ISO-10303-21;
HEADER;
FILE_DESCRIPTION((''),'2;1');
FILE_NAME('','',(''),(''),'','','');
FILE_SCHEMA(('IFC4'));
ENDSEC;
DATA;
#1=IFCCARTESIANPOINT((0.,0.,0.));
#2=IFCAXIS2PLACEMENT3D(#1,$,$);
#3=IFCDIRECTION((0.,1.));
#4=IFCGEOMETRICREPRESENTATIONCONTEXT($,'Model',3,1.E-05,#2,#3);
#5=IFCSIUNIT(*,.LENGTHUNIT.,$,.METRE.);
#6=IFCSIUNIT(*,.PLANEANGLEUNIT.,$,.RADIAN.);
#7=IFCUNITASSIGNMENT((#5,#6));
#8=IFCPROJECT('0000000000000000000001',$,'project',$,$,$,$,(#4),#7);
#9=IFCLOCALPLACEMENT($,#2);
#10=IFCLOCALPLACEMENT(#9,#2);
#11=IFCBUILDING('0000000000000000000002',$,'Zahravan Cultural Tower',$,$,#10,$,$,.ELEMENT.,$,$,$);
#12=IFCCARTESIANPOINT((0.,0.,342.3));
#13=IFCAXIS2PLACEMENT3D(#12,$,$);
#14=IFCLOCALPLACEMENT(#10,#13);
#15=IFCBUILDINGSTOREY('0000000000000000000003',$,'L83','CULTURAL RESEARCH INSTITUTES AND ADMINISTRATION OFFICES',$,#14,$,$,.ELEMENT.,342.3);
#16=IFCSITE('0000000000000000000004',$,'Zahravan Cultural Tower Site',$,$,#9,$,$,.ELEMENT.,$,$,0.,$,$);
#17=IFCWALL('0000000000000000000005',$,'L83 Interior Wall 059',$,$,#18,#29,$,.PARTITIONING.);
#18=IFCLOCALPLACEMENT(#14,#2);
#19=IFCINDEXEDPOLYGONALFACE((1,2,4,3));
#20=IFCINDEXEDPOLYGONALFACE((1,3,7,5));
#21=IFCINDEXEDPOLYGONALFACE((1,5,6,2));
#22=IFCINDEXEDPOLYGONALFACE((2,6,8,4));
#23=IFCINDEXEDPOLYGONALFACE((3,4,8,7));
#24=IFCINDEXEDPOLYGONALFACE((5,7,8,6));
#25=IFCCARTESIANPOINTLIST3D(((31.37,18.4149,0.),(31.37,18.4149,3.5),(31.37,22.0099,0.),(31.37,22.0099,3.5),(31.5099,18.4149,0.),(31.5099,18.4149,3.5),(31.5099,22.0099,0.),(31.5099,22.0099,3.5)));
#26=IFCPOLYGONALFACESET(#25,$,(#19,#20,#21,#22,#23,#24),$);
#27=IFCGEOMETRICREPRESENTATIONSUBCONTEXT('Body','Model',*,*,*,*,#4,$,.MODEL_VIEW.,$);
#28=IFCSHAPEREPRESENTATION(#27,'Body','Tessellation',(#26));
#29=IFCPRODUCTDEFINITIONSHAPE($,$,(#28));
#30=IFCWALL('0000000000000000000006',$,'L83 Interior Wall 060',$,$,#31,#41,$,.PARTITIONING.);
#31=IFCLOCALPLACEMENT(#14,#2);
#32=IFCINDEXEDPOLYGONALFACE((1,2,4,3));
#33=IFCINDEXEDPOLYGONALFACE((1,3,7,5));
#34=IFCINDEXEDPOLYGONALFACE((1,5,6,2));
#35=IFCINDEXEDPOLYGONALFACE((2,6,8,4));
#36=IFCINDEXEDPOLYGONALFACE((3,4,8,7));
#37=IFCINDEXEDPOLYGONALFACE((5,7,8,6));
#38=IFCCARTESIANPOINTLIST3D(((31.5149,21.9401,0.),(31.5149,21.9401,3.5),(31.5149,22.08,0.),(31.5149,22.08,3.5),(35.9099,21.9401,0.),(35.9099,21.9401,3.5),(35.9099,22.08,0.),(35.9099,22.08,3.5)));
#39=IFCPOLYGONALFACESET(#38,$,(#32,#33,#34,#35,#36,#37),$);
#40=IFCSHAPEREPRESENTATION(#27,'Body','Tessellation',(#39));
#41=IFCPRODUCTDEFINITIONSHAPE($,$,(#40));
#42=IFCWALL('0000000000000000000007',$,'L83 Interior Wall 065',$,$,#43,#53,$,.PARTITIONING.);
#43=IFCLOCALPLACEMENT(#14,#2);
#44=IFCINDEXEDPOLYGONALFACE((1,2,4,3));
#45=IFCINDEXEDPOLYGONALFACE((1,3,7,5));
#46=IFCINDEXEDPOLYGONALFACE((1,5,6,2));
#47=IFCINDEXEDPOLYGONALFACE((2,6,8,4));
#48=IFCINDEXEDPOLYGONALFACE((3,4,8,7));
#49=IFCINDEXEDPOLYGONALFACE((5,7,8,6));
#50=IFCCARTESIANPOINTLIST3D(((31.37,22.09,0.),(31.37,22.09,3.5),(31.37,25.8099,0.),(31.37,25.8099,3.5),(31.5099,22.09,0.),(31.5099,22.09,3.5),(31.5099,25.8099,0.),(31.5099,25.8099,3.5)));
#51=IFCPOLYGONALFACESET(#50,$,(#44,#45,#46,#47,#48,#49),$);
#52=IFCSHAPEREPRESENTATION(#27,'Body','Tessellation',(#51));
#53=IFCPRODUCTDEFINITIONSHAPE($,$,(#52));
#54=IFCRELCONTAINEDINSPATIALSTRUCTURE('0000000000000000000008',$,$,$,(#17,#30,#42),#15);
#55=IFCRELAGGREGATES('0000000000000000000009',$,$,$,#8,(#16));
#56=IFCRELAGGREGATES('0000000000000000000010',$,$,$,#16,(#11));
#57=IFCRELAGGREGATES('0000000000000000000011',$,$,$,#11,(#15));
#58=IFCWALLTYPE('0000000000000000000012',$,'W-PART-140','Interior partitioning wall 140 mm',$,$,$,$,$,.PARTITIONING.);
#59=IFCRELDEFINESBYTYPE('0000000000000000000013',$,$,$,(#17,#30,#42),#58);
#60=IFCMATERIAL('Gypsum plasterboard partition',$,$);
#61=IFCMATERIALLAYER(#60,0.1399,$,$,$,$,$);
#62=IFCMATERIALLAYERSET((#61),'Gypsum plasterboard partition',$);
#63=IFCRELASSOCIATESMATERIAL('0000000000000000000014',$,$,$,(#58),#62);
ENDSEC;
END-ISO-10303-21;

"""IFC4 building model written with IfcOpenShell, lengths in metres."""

from ifc_helpers import new_model, si_unit, direction, frame, frame_2d, origin, place, context, subcontext, project, spatial, rectangle, extrude, source, transform, mapped, material, layer, layer_set, type_object, element, save


model = new_model("IFC4")

# Units and contexts
model_context = context("Model", 3, precision=1e-05, world=origin(), true_north=direction((0.0, 1.0)))
body_context = subcontext(model_context, "Body", "Model", "MODEL_VIEW")
ifc_project = project(units=[si_unit("LENGTHUNIT", "METRE"), si_unit("PLANEANGLEUNIT", "RADIAN")], contexts=[model_context])

# Site, building, storey
site_placement = place(None, origin())
site = spatial("IfcSite", under=ifc_project, at=site_placement, Name="Zahravan Cultural Tower Site", CompositionType="ELEMENT", RefElevation=0.0)
building_placement = place(site_placement, origin())
building = spatial("IfcBuilding", under=site, at=building_placement, Name="Zahravan Cultural Tower", CompositionType="ELEMENT")
storey_placement = place(building_placement, frame((0.0, 0.0, 342.3)))
storey = spatial("IfcBuildingStorey", under=building, at=storey_placement, Name="L83", Description="CULTURAL RESEARCH INSTITUTES AND ADMINISTRATION OFFICES", CompositionType="ELEMENT", Elevation=342.3)

# Shared definitions
ifc_material_1 = material(Name="Gypsum plasterboard partition")
ifc_layer_1 = layer(ifc_material_1, 0.1399)
ifc_layer_set_1 = layer_set([ifc_layer_1], Name="Gypsum plasterboard partition")
wall_type_1 = type_object("IfcWallType", Name="W-PART-140", Description="Interior partitioning wall 140 mm", PredefinedType="PARTITIONING", material=ifc_layer_set_1)

# Walls
shared_shape_1 = source(origin(), body_context, "Body", "SweptSolid", [
    extrude(rectangle(XDim=3.595, YDim=0.1399, at=frame_2d((1.7974, 0.0))), origin(), (0.0, 0.0, 1.0), 3.5),
])
wall_1_placement = place(storey_placement, frame((31.4399, 18.415, 0.0), z_axis=(0.0, 0.0, 1.0), x_axis=(0.0, 1.0, 0.0)))
element("IfcWall", 1, at=wall_1_placement, inside=storey, type_object=wall_type_1, Name="L83 Interior Wall 059", PredefinedType="PARTITIONING", context=body_context, shape_type="MappedRepresentation", body=[
    mapped(shared_shape_1, transform((0.0, 0.0, 0.0), x_axis=(1.0, 0.0, 0.0), y_axis=(0.0, 1.0, 0.0), z_axis=(0.0, 0.0, 1.0), scale=1.0)),
])
shared_shape_2 = source(origin(), body_context, "Body", "SweptSolid", [
    extrude(rectangle(XDim=4.395, YDim=0.1399, at=frame_2d((2.1975, 0.0))), origin(), (0.0, 0.0, 1.0), 3.5),
])
wall_2_placement = place(storey_placement, frame((31.5149, 22.01, 0.0), z_axis=(0.0, 0.0, 1.0), x_axis=(1.0, 0.0, 0.0)))
element("IfcWall", 2, at=wall_2_placement, inside=storey, type_object=wall_type_1, Name="L83 Interior Wall 060", PredefinedType="PARTITIONING", context=body_context, shape_type="MappedRepresentation", body=[
    mapped(shared_shape_2, transform((0.0, 0.0, 0.0), x_axis=(1.0, 0.0, 0.0), y_axis=(0.0, 1.0, 0.0), z_axis=(0.0, 0.0, 1.0), scale=1.0)),
])
shared_shape_3 = source(origin(), body_context, "Body", "SweptSolid", [
    extrude(rectangle(XDim=3.72, YDim=0.1399, at=frame_2d((1.8599, 0.0))), origin(), (0.0, 0.0, 1.0), 3.5),
])
wall_3_placement = place(storey_placement, frame((31.4399, 22.0901, 0.0), z_axis=(0.0, 0.0, 1.0), x_axis=(0.0, 1.0, 0.0)))
element("IfcWall", 3, at=wall_3_placement, inside=storey, type_object=wall_type_1, Name="L83 Interior Wall 065", PredefinedType="PARTITIONING", context=body_context, shape_type="MappedRepresentation", body=[
    mapped(shared_shape_3, transform((0.0, 0.0, 0.0), x_axis=(1.0, 0.0, 0.0), y_axis=(0.0, 1.0, 0.0), z_axis=(0.0, 0.0, 1.0), scale=1.0)),
])

save(model, "model.ifc")
